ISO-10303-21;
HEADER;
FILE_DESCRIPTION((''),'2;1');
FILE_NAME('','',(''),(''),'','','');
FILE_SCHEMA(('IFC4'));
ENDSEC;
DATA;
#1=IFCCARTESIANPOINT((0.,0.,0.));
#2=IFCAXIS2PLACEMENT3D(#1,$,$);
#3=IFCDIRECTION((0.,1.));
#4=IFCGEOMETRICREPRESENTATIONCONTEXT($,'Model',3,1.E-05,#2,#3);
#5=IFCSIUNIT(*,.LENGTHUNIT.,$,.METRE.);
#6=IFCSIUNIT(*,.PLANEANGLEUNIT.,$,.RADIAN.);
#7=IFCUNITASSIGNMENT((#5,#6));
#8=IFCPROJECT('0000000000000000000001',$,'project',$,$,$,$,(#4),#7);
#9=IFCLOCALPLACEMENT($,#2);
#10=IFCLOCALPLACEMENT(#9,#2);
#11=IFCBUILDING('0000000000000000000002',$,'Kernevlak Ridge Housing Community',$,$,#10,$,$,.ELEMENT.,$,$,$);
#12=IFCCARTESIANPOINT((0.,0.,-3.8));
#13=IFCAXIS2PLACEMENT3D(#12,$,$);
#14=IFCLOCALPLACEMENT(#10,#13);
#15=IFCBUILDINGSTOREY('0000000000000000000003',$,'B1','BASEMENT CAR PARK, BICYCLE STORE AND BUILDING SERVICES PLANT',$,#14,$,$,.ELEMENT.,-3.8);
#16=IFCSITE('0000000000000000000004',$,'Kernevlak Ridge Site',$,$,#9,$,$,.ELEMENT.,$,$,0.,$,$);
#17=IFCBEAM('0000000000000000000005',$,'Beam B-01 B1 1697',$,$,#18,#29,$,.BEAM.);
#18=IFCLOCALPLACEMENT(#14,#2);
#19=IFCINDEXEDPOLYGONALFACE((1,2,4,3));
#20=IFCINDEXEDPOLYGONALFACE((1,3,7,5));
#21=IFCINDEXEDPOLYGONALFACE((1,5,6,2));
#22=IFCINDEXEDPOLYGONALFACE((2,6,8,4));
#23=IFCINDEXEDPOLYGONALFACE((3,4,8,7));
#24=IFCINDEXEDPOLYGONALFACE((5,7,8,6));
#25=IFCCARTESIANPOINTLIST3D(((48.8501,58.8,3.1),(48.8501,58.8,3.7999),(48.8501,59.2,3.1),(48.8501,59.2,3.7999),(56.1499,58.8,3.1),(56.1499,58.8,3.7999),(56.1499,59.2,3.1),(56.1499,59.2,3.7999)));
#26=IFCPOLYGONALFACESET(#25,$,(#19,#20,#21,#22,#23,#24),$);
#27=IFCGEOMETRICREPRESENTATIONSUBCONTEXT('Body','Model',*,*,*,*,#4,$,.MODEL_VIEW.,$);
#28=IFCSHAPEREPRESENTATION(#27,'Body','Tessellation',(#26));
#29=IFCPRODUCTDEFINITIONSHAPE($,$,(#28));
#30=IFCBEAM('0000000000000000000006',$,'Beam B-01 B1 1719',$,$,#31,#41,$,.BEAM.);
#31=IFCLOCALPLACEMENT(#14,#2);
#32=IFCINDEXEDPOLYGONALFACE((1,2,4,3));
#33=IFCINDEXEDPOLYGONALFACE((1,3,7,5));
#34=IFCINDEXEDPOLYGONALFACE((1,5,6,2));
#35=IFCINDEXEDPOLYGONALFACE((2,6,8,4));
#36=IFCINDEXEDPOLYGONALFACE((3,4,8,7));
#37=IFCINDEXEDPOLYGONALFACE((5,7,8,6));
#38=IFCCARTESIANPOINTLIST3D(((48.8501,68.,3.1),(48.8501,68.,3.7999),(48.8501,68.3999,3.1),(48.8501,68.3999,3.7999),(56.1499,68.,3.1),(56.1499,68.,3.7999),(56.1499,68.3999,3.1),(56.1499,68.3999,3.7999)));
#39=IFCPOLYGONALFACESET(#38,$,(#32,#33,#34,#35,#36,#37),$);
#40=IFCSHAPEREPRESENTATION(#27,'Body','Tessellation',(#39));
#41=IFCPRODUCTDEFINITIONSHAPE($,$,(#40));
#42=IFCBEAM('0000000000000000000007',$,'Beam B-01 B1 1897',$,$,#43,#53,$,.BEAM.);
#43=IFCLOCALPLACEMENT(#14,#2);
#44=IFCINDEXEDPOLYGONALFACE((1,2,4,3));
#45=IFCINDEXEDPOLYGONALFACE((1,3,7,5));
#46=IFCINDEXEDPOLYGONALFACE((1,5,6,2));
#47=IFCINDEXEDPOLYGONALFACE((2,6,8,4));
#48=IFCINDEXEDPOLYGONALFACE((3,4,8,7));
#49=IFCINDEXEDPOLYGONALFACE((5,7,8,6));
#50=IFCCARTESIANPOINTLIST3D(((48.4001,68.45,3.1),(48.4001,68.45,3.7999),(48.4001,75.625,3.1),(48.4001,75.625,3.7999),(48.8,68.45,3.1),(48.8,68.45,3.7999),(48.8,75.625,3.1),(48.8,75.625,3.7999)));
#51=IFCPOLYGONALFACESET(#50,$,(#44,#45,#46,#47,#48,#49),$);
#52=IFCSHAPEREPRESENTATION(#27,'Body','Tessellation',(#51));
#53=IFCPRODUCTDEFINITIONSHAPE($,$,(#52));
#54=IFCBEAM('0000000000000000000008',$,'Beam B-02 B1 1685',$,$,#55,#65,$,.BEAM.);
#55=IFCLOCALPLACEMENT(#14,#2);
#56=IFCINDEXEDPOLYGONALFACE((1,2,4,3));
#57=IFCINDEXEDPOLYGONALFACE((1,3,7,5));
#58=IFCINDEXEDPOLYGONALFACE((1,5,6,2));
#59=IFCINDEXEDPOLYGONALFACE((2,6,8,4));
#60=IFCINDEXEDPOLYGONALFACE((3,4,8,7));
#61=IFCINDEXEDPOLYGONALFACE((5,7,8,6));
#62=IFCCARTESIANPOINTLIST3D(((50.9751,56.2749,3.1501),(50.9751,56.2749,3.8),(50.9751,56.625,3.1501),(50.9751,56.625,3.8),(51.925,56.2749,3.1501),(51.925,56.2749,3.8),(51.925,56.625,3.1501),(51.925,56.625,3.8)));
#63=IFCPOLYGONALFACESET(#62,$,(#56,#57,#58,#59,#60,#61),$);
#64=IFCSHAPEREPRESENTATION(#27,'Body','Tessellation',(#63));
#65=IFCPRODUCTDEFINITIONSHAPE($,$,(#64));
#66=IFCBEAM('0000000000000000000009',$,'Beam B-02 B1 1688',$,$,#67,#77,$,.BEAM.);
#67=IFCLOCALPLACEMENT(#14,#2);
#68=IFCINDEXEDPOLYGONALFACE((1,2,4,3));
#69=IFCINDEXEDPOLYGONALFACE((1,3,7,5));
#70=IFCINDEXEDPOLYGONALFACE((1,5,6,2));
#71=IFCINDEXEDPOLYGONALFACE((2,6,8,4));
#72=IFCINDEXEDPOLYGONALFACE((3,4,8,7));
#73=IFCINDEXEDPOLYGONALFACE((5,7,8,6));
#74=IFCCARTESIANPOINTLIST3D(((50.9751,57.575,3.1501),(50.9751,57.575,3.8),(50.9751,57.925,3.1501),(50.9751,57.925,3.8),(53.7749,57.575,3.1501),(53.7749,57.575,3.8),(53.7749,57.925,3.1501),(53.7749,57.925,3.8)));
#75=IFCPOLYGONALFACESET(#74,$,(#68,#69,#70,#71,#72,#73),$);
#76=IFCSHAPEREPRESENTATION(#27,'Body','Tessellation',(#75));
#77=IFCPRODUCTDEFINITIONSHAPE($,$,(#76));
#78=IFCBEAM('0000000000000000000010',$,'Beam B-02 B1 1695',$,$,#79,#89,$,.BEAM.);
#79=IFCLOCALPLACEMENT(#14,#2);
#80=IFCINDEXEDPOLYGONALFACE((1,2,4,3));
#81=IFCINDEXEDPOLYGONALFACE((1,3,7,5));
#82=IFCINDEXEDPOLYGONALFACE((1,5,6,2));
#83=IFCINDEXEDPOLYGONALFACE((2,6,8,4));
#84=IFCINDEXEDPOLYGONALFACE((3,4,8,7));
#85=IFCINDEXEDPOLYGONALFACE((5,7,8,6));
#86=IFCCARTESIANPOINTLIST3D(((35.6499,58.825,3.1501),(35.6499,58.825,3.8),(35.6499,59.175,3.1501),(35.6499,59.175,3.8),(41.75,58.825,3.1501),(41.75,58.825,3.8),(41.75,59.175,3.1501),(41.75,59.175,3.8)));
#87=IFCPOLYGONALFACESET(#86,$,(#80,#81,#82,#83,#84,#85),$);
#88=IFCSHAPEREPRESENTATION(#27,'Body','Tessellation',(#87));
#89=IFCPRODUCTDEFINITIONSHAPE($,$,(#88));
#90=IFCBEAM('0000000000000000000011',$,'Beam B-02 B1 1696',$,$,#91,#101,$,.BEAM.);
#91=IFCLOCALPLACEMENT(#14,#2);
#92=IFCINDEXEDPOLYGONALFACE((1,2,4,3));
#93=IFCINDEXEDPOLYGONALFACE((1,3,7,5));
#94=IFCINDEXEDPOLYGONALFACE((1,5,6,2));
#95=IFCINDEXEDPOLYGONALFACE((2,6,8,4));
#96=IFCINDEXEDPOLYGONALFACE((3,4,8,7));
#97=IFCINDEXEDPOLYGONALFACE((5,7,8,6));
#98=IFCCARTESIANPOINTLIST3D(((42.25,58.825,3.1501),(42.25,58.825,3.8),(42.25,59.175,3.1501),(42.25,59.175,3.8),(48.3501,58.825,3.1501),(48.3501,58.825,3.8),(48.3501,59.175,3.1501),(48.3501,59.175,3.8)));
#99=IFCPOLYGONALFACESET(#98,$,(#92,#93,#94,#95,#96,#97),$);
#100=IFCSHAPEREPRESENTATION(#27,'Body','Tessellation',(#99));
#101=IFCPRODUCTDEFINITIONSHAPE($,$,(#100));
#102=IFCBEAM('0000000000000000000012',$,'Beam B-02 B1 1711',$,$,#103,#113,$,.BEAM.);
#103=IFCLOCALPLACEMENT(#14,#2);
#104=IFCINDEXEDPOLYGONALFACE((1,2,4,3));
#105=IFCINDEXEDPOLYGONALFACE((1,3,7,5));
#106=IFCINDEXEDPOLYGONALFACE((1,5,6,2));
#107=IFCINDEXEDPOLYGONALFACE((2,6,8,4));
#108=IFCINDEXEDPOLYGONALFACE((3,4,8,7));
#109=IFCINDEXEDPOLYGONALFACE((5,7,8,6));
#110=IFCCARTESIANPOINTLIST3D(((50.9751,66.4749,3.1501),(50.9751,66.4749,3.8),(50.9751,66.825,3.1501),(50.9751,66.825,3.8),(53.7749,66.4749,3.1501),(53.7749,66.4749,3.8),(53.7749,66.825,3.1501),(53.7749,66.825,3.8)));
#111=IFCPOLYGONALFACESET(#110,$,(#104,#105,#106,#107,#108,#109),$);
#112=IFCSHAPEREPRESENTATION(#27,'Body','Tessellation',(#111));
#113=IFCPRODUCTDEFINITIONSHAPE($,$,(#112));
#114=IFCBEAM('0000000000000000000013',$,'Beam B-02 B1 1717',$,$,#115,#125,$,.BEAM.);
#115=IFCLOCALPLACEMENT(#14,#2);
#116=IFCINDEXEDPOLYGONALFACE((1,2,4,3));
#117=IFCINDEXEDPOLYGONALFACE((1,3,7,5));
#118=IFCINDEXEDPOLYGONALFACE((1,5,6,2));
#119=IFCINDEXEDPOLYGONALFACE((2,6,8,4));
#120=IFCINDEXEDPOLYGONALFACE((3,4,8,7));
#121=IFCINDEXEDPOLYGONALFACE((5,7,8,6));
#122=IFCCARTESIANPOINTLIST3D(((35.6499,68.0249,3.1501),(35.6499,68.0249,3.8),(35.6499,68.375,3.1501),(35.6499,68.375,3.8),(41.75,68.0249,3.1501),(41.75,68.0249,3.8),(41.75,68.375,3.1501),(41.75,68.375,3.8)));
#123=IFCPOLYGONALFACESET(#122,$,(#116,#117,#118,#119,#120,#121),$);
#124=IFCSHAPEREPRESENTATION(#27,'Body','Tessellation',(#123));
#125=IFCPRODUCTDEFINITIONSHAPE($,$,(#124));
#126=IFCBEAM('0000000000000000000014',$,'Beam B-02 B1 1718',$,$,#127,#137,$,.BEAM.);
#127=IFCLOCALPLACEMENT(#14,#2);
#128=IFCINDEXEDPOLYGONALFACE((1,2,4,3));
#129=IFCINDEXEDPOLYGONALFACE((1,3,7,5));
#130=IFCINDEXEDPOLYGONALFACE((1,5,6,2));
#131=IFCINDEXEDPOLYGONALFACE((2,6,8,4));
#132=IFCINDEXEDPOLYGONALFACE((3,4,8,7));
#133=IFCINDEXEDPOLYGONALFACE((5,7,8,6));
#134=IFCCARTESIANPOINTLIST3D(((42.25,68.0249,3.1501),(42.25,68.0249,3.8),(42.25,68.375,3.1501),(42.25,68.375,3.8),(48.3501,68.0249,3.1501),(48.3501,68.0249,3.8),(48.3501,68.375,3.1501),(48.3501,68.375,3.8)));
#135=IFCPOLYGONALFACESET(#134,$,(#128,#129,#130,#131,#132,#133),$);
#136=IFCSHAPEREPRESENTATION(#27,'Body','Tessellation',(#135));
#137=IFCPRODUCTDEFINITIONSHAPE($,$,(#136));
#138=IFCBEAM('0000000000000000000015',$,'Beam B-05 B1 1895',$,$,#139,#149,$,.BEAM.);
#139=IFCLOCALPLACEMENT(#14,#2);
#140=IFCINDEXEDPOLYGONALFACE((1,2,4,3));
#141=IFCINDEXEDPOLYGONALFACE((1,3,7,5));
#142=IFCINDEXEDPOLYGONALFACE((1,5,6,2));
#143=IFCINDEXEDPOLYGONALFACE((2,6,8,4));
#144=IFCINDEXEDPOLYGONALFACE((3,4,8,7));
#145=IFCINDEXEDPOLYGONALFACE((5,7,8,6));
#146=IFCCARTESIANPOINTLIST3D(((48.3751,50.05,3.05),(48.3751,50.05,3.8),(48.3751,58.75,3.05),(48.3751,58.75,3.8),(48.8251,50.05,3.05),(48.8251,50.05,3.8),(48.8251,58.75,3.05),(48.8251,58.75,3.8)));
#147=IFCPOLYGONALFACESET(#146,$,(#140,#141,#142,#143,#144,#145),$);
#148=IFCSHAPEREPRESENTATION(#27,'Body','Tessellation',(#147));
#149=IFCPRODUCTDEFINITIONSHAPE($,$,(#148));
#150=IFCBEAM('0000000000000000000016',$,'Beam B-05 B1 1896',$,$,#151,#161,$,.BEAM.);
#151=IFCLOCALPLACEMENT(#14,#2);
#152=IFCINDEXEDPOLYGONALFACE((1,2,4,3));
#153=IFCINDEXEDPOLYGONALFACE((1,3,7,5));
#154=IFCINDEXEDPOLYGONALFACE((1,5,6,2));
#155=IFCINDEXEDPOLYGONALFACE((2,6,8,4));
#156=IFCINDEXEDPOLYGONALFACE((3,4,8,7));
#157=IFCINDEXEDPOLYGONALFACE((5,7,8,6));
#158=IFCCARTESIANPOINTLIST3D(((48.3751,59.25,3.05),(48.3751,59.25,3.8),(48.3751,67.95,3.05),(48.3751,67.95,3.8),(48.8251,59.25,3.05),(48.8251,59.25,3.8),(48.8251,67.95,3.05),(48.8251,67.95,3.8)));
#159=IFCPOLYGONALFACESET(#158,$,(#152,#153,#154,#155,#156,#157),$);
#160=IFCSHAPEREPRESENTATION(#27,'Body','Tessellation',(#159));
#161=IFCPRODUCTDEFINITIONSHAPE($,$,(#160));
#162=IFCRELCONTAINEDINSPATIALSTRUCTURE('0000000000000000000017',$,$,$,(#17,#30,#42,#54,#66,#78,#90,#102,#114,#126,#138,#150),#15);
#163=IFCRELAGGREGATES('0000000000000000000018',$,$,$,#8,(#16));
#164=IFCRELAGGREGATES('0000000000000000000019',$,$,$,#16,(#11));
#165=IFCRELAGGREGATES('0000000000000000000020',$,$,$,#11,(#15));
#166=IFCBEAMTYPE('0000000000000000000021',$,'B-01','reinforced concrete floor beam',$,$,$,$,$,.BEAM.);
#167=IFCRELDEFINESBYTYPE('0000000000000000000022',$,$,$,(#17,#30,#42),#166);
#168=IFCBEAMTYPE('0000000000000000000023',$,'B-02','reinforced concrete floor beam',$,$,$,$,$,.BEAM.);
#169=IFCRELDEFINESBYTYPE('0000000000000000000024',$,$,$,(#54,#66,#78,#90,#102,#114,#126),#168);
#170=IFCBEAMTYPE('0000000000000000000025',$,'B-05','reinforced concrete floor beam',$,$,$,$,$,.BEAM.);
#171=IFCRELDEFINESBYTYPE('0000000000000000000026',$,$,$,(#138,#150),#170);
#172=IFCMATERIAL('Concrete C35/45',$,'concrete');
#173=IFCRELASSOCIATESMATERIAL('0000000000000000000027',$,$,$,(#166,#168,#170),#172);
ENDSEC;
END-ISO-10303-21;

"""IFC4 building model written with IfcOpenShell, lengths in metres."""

from ifc_helpers import new_model, si_unit, direction, frame, origin, origin_2d, place, context, subcontext, project, spatial, rectangle, extrude, material, material_profile, profile_set, type_object, element, save


model = new_model("IFC4")

# Units and contexts
model_context = context("Model", 3, precision=1e-05, world=origin(), true_north=direction((0.0, 1.0)))
body_context = subcontext(model_context, "Body", "Model", "MODEL_VIEW")
ifc_project = project(units=[si_unit("LENGTHUNIT", "METRE"), si_unit("PLANEANGLEUNIT", "RADIAN")], contexts=[model_context])

# Site, building, storey
site_placement = place(None, origin())
site = spatial("IfcSite", under=ifc_project, at=site_placement, Name="Kernevlak Ridge Site", CompositionType="ELEMENT", RefElevation=0.0)
building_placement = place(site_placement, origin())
building = spatial("IfcBuilding", under=site, at=building_placement, Name="Kernevlak Ridge Housing Community", CompositionType="ELEMENT")
storey_placement = place(building_placement, frame((0.0, 0.0, -3.8)))
storey = spatial("IfcBuildingStorey", under=building, at=storey_placement, Name="B1", Description="BASEMENT CAR PARK, BICYCLE STORE AND BUILDING SERVICES PLANT", CompositionType="ELEMENT", Elevation=-3.8)

# Shared definitions
ifc_material_1 = material(Name="Concrete C35/45", Category="concrete")

# Beams
ifc_material_profile_1 = material_profile(ifc_material_1, rectangle(XDim=0.3999, YDim=0.7, at=origin_2d()), Name="RC 400x700")
ifc_profile_set_1 = profile_set([ifc_material_profile_1], Name="Concrete C35/45")
beam_type_1 = type_object("IfcBeamType", Name="B-01", Description="reinforced concrete floor beam", PredefinedType="BEAM", material=ifc_profile_set_1)
for number, where, z_axis, x_axis, name in (
    (1, (48.8501, 59.0, 3.45), (1.0, 0.0, 0.0), (0.0, 1.0, 0.0), "Beam B-01 B1 1697"),
    (2, (48.8501, 68.2, 3.45), (1.0, 0.0, 0.0), (0.0, 1.0, 0.0), "Beam B-01 B1 1719"),
):
    element("IfcBeam", number, at=place(storey_placement, frame(where, z_axis=z_axis, x_axis=x_axis)), inside=storey, type_object=beam_type_1, Name=name, PredefinedType="BEAM", context=body_context, shape_type="SweptSolid", body=[
        extrude(rectangle(XDim=0.3999, YDim=0.7, at=origin_2d()), origin(), (0.0, 0.0, 1.0), 7.2998),
    ])
beam_1_placement = place(storey_placement, frame((48.6001, 68.45, 3.45), z_axis=(0.0, 1.0, 0.0), x_axis=(-1.0, 0.0, 0.0)))
element("IfcBeam", 3, at=beam_1_placement, inside=storey, type_object=beam_type_1, Name="Beam B-01 B1 1897", PredefinedType="BEAM", context=body_context, shape_type="SweptSolid", body=[
    extrude(rectangle(XDim=0.3999, YDim=0.7, at=origin_2d()), origin(), (0.0, 0.0, 1.0), 7.175),
])
ifc_material_profile_2 = material_profile(ifc_material_1, rectangle(XDim=0.3501, YDim=0.6499, at=origin_2d()), Name="RC 350x650")
ifc_profile_set_2 = profile_set([ifc_material_profile_2], Name="Concrete C35/45")
beam_type_2 = type_object("IfcBeamType", Name="B-02", Description="reinforced concrete floor beam", PredefinedType="BEAM", material=ifc_profile_set_2)
beam_2_placement = place(storey_placement, frame((50.9751, 56.45, 3.4751), z_axis=(1.0, 0.0, 0.0), x_axis=(0.0, 1.0, 0.0)))
element("IfcBeam", 4, at=beam_2_placement, inside=storey, type_object=beam_type_2, Name="Beam B-02 B1 1685", PredefinedType="BEAM", context=body_context, shape_type="SweptSolid", body=[
    extrude(rectangle(XDim=0.3501, YDim=0.6499, at=origin_2d()), origin(), (0.0, 0.0, 1.0), 0.95),
])
beam_3_placement = place(storey_placement, frame((50.9751, 57.75, 3.4751), z_axis=(1.0, 0.0, 0.0), x_axis=(0.0, 1.0, 0.0)))
element("IfcBeam", 5, at=beam_3_placement, inside=storey, type_object=beam_type_2, Name="Beam B-02 B1 1688", PredefinedType="BEAM", context=body_context, shape_type="SweptSolid", body=[
    extrude(rectangle(XDim=0.3501, YDim=0.6499, at=origin_2d()), origin(), (0.0, 0.0, 1.0), 2.7998),
])
for number, where, z_axis, x_axis, name in (
    (6, (35.6499, 59.0, 3.4751), (1.0, 0.0, 0.0), (0.0, 1.0, 0.0), "Beam B-02 B1 1695"),
    (7, (42.25, 59.0, 3.4751), (1.0, 0.0, 0.0), (0.0, 1.0, 0.0), "Beam B-02 B1 1696"),
):
    element("IfcBeam", number, at=place(storey_placement, frame(where, z_axis=z_axis, x_axis=x_axis)), inside=storey, type_object=beam_type_2, Name=name, PredefinedType="BEAM", context=body_context, shape_type="SweptSolid", body=[
        extrude(rectangle(XDim=0.3501, YDim=0.6499, at=origin_2d()), origin(), (0.0, 0.0, 1.0), 6.1001),
    ])
beam_4_placement = place(storey_placement, frame((50.9751, 66.6499, 3.4751), z_axis=(1.0, 0.0, 0.0), x_axis=(0.0, 1.0, 0.0)))
element("IfcBeam", 8, at=beam_4_placement, inside=storey, type_object=beam_type_2, Name="Beam B-02 B1 1711", PredefinedType="BEAM", context=body_context, shape_type="SweptSolid", body=[
    extrude(rectangle(XDim=0.3501, YDim=0.6499, at=origin_2d()), origin(), (0.0, 0.0, 1.0), 2.7998),
])
for number, where, z_axis, x_axis, name in (
    (9, (35.6499, 68.2, 3.4751), (1.0, 0.0, 0.0), (0.0, 1.0, 0.0), "Beam B-02 B1 1717"),
    (10, (42.25, 68.2, 3.4751), (1.0, 0.0, 0.0), (0.0, 1.0, 0.0), "Beam B-02 B1 1718"),
):
    element("IfcBeam", number, at=place(storey_placement, frame(where, z_axis=z_axis, x_axis=x_axis)), inside=storey, type_object=beam_type_2, Name=name, PredefinedType="BEAM", context=body_context, shape_type="SweptSolid", body=[
        extrude(rectangle(XDim=0.3501, YDim=0.6499, at=origin_2d()), origin(), (0.0, 0.0, 1.0), 6.1001),
    ])
ifc_material_profile_3 = material_profile(ifc_material_1, rectangle(XDim=0.45, YDim=0.75, at=origin_2d()), Name="RC 450x750")
ifc_profile_set_3 = profile_set([ifc_material_profile_3], Name="Concrete C35/45")
beam_type_3 = type_object("IfcBeamType", Name="B-05", Description="reinforced concrete floor beam", PredefinedType="BEAM", material=ifc_profile_set_3)
for number, where, z_axis, x_axis, name in (
    (11, (48.6001, 50.05, 3.425), (0.0, 1.0, 0.0), (-1.0, 0.0, 0.0), "Beam B-05 B1 1895"),
    (12, (48.6001, 59.25, 3.425), (0.0, 1.0, 0.0), (-1.0, 0.0, 0.0), "Beam B-05 B1 1896"),
):
    element("IfcBeam", number, at=place(storey_placement, frame(where, z_axis=z_axis, x_axis=x_axis)), inside=storey, type_object=beam_type_3, Name=name, PredefinedType="BEAM", context=body_context, shape_type="SweptSolid", body=[
        extrude(rectangle(XDim=0.45, YDim=0.75, at=origin_2d()), origin(), (0.0, 0.0, 1.0), 8.7),
    ])

save(model, "model.ifc")
